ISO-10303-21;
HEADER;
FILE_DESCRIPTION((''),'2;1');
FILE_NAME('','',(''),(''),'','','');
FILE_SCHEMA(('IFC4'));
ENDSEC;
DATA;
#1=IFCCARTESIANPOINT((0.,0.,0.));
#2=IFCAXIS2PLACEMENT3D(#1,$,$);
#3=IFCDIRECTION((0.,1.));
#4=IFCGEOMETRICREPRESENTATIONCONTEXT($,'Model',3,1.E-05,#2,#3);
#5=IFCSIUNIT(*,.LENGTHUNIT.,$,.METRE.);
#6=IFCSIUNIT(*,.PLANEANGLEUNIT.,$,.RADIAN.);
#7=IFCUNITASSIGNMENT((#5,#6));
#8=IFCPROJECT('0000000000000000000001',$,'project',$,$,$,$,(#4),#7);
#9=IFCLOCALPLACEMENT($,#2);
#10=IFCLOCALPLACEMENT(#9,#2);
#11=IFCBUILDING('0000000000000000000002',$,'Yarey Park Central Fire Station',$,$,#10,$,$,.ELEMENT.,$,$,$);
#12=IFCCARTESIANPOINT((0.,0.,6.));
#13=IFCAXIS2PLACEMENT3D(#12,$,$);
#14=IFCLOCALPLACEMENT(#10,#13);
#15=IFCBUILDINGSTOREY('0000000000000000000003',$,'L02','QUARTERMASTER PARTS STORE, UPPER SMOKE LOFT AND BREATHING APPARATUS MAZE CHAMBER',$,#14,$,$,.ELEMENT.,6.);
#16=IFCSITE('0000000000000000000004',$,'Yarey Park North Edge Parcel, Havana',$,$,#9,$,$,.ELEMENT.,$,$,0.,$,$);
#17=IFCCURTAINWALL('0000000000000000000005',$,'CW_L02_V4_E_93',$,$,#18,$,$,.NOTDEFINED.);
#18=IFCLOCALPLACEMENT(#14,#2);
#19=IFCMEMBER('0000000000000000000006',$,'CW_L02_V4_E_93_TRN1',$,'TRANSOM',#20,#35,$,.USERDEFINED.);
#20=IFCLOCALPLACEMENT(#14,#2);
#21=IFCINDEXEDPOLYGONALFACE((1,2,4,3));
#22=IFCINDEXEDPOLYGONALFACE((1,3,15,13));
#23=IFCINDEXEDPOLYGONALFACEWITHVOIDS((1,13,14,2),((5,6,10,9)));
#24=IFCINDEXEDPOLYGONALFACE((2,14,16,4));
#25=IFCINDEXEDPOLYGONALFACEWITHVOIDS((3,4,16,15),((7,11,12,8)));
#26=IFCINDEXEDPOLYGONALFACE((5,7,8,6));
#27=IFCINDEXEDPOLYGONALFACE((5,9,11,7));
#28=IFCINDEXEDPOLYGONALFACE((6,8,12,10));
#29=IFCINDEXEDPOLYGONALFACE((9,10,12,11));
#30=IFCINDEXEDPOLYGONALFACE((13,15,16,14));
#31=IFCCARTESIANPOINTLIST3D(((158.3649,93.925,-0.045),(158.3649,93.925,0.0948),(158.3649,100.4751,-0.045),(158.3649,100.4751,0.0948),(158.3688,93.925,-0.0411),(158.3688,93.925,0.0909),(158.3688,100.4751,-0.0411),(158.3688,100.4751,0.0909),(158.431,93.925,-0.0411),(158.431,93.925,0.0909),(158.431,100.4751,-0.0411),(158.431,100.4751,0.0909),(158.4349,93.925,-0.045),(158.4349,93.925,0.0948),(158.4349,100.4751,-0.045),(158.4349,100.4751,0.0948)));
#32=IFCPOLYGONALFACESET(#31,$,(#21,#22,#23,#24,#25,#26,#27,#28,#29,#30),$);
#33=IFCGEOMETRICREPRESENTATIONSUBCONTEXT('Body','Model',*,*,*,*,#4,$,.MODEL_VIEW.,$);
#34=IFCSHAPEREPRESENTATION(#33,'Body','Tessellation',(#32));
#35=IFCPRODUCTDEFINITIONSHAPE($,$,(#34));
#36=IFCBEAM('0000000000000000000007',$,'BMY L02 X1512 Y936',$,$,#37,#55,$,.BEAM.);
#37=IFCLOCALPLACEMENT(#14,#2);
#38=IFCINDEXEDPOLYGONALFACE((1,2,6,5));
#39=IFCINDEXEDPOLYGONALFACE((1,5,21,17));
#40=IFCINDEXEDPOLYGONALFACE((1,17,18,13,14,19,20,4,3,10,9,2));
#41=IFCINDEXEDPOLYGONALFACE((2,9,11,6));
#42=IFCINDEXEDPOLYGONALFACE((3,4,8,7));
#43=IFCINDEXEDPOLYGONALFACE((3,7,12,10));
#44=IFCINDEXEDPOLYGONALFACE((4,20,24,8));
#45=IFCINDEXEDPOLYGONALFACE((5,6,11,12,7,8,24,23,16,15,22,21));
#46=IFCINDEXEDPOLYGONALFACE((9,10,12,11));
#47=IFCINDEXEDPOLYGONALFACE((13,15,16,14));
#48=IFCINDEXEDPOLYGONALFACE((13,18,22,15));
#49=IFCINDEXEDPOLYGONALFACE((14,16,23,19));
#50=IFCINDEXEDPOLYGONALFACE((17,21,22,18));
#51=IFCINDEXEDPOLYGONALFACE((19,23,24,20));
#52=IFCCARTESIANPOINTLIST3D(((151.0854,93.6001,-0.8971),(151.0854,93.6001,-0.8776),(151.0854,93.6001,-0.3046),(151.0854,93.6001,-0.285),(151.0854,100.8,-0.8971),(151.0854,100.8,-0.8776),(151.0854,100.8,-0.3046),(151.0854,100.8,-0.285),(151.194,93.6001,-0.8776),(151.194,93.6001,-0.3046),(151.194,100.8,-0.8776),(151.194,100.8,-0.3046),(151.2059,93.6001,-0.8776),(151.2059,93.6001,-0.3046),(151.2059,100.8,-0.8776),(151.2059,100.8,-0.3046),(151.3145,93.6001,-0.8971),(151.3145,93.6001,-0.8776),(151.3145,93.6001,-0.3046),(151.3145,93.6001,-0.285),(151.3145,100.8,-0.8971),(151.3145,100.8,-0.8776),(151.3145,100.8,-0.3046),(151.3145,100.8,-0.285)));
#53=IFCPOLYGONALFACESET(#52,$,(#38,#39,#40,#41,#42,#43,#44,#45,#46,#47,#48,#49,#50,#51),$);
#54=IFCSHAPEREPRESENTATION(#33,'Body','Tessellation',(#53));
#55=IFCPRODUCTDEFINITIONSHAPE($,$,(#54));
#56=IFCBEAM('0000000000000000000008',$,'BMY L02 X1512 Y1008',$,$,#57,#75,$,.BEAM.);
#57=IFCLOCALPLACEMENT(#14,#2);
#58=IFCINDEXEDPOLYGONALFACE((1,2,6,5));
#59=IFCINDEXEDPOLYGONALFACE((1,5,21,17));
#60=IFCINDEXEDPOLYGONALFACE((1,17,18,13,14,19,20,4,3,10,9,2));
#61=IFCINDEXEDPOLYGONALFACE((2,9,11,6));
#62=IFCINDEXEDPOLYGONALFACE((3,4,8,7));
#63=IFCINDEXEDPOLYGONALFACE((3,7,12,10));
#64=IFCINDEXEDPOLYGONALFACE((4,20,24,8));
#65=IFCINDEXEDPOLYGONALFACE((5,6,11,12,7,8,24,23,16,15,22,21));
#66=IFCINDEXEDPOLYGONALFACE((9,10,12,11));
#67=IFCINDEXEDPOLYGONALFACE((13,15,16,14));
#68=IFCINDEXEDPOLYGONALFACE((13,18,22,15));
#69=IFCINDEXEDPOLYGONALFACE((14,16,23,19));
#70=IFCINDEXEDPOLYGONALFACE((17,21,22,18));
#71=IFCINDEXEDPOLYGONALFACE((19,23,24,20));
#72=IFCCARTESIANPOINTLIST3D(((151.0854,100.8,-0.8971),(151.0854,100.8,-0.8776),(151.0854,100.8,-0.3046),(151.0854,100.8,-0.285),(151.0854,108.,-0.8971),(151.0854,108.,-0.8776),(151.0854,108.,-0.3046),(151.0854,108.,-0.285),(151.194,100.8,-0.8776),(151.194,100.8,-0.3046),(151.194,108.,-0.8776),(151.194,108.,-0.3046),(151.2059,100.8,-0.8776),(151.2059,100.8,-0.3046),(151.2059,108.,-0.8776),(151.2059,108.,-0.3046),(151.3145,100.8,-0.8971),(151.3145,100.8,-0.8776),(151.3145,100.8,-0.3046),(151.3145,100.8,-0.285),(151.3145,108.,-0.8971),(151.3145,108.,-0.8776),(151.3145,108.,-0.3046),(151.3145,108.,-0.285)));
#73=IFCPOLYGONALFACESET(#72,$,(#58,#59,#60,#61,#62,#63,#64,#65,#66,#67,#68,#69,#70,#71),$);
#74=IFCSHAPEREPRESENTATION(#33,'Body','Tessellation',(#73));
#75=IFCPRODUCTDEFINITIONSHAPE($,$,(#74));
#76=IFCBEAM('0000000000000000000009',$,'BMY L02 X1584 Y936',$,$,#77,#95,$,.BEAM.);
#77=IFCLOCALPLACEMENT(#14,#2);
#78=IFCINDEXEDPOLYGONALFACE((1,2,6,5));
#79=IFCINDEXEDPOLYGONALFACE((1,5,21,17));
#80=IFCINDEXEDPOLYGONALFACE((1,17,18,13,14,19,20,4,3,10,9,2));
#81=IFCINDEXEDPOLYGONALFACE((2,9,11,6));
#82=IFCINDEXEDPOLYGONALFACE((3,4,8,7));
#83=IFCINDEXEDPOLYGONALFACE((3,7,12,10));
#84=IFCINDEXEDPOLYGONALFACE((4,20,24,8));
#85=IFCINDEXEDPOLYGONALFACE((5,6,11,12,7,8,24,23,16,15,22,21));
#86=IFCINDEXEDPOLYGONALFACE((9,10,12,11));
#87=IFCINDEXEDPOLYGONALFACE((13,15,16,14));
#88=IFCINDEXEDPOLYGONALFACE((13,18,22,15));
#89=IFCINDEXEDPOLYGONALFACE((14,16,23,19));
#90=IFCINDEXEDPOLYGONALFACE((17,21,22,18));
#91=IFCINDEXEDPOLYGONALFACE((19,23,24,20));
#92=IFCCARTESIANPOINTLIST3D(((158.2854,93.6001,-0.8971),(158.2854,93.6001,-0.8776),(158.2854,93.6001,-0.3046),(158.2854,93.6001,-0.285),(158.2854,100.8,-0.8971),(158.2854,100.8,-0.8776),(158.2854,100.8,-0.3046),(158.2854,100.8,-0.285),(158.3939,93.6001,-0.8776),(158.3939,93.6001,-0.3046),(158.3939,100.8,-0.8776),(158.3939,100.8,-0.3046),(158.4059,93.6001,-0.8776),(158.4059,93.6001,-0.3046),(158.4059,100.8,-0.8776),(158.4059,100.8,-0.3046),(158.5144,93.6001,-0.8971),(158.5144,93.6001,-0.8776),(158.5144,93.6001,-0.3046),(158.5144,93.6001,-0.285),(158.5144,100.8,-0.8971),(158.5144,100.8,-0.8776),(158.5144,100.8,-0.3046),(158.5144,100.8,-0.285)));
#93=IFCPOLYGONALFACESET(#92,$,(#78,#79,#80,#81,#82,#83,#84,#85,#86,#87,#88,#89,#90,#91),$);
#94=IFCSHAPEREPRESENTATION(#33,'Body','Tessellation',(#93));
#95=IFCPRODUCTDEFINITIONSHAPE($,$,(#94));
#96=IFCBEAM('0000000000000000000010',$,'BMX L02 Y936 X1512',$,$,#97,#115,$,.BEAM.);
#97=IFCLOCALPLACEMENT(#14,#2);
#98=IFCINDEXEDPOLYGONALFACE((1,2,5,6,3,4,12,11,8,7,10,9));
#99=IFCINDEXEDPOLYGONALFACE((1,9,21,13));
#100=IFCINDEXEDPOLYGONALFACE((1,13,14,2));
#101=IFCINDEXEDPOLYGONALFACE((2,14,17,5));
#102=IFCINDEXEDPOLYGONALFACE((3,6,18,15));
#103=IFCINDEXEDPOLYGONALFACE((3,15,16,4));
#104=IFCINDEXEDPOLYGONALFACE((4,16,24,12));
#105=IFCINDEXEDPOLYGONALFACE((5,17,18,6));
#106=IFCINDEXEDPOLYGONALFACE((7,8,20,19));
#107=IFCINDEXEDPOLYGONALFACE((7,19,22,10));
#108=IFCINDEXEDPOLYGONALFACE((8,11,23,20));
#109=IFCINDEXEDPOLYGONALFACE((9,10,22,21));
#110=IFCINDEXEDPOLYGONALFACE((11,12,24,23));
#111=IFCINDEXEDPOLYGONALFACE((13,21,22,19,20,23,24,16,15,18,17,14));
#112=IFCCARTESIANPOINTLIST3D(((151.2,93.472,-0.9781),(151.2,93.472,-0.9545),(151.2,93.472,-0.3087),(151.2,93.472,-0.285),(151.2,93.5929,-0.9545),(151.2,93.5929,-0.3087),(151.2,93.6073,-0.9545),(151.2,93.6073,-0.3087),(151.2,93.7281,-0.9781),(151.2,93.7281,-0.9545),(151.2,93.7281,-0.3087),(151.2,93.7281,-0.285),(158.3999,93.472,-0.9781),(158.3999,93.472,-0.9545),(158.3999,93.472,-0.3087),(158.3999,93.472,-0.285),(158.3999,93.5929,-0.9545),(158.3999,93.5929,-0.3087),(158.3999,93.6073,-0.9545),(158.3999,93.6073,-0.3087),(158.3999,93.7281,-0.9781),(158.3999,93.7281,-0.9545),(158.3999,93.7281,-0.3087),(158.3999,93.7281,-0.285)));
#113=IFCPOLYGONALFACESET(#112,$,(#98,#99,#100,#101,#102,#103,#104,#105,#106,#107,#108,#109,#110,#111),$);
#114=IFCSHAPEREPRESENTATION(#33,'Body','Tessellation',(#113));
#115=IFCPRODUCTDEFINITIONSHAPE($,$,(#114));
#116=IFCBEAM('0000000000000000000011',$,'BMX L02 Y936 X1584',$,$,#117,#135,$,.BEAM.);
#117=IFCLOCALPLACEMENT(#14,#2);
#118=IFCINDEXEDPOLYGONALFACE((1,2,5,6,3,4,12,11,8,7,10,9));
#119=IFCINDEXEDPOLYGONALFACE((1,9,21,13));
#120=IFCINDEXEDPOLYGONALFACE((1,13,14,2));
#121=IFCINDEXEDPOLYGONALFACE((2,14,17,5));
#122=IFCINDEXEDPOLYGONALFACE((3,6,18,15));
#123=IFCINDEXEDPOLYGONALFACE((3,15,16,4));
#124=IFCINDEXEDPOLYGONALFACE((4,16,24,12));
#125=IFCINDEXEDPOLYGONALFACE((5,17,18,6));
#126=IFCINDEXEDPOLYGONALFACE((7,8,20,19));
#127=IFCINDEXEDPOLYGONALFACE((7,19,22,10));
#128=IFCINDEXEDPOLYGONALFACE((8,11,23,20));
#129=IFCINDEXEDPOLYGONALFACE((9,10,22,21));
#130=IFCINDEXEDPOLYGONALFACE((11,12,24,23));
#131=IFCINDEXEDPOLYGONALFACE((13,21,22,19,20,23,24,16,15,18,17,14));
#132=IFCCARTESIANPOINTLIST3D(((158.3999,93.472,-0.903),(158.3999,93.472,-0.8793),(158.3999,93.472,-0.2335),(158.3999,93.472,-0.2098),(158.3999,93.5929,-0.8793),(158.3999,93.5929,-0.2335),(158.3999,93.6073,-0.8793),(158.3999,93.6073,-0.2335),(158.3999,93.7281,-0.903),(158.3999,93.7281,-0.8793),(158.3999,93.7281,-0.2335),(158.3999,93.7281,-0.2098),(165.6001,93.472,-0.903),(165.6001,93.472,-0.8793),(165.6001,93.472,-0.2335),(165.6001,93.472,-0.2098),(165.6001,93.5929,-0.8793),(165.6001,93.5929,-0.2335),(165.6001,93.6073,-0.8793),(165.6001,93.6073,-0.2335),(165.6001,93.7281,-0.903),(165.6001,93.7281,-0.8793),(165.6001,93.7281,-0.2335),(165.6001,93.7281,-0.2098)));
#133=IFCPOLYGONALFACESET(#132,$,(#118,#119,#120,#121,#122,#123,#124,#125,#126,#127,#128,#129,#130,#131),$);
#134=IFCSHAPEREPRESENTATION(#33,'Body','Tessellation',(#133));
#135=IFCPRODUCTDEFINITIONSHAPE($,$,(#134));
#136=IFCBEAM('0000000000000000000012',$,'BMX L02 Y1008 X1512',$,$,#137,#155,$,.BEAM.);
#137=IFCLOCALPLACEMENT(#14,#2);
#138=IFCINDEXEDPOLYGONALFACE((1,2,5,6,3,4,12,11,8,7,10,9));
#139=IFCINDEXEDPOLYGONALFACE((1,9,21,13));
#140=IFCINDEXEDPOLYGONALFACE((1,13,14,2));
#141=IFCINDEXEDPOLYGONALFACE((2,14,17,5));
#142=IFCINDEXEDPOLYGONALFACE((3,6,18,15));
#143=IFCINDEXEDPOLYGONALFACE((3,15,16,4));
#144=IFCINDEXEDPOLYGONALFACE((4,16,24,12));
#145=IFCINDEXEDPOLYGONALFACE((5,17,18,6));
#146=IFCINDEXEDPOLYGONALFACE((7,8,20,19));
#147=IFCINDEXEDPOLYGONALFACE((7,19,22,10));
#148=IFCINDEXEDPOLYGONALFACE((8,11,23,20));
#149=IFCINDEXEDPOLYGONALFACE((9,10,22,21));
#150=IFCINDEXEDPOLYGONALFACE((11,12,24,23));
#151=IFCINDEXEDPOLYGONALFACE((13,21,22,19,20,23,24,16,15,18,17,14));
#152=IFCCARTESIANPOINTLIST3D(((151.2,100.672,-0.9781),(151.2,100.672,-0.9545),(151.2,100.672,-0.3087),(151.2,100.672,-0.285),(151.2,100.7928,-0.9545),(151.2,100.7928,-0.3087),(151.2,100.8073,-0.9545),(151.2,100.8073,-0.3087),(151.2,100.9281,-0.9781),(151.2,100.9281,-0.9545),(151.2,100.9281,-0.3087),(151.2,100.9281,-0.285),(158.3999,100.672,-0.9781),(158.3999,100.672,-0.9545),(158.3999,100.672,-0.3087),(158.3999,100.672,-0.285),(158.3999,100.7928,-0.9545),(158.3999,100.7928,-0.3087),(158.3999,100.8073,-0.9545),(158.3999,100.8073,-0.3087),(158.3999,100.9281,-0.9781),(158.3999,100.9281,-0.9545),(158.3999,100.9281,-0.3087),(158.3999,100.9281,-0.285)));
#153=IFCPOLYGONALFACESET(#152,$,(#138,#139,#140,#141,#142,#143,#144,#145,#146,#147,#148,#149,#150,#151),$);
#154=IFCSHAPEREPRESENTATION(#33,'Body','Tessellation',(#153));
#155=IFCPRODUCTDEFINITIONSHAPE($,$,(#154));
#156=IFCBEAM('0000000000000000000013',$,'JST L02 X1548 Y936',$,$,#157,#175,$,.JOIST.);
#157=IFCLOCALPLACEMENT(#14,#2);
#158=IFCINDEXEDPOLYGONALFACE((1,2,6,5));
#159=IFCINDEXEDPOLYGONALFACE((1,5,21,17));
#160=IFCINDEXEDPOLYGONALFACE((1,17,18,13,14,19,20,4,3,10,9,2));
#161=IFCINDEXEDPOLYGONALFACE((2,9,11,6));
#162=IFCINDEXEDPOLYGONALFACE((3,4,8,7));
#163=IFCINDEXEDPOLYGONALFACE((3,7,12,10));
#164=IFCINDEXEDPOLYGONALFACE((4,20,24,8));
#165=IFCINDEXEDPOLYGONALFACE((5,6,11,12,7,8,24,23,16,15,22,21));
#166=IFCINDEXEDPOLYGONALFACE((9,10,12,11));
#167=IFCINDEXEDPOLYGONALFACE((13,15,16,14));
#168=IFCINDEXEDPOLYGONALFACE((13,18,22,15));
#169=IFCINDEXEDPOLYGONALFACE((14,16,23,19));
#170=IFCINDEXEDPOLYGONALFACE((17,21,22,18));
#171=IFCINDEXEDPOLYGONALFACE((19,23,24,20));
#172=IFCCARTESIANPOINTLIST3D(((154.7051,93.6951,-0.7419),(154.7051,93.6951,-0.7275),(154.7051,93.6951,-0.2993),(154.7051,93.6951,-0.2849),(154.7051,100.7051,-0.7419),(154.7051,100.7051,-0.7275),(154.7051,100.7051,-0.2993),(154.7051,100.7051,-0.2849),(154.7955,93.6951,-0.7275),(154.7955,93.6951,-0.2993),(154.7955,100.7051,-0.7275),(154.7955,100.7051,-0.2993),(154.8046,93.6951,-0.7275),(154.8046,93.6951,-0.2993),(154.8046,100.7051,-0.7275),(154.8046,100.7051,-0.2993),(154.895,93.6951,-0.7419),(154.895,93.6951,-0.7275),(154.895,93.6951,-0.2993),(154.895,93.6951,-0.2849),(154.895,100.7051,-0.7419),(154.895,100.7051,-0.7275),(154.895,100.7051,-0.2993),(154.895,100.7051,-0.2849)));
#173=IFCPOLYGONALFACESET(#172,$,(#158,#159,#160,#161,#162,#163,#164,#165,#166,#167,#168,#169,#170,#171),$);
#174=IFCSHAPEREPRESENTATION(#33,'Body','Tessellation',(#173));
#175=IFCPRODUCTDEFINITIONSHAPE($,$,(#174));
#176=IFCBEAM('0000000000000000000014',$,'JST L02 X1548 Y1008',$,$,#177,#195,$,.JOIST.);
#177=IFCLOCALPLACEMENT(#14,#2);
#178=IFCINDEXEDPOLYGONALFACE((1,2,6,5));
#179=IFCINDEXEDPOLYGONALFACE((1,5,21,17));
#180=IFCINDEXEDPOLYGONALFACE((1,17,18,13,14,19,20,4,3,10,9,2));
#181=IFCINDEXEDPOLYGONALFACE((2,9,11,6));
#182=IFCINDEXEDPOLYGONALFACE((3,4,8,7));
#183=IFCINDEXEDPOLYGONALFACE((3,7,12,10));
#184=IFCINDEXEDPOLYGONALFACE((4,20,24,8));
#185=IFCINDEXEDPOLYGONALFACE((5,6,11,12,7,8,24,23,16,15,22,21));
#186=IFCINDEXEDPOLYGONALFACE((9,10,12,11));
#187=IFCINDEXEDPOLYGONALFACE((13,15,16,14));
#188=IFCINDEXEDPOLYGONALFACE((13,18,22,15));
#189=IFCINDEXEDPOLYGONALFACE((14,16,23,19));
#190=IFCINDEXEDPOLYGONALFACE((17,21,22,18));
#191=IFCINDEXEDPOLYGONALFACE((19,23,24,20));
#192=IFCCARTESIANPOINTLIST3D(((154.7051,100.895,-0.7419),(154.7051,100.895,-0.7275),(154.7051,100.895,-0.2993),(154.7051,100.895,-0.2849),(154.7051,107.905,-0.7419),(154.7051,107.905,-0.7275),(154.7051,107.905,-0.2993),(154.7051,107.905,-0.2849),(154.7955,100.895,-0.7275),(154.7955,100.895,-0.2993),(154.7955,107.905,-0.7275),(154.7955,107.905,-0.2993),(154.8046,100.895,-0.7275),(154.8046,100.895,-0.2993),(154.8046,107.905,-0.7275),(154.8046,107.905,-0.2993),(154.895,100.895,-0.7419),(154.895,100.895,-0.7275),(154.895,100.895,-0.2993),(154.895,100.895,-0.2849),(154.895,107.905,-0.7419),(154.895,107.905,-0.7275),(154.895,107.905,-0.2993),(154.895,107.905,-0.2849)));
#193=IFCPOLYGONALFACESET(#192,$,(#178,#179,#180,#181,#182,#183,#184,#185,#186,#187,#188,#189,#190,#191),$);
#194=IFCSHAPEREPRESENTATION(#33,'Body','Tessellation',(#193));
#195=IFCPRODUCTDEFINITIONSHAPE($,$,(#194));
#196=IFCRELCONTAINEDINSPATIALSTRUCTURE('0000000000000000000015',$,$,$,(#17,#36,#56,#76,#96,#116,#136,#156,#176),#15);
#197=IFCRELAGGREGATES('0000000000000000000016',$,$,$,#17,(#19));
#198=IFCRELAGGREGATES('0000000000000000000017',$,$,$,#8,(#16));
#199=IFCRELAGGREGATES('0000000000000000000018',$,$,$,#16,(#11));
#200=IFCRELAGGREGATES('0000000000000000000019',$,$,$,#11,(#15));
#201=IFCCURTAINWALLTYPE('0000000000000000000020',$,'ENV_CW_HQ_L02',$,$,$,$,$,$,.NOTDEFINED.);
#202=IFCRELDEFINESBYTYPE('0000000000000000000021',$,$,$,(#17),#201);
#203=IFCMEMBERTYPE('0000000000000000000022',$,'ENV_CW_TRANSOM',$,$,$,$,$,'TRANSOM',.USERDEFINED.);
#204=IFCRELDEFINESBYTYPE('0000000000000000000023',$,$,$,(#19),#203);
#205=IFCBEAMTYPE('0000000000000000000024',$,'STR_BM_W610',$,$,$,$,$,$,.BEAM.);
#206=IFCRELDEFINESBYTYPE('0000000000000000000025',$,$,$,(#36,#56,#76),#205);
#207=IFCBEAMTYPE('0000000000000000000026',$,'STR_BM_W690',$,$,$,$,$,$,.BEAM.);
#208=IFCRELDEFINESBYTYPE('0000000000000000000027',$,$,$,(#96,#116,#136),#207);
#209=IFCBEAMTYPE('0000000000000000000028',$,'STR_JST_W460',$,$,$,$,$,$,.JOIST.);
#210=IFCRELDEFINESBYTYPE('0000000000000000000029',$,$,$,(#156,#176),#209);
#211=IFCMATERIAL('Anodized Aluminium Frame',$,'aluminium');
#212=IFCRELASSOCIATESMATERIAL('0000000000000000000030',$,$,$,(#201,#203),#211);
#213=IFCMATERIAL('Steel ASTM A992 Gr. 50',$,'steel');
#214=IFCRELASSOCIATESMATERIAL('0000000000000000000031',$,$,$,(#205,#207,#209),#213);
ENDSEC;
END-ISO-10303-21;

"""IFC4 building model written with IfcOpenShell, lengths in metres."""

from ifc_helpers import new_model, si_unit, direction, frame, origin, origin_2d, place, context, subcontext, project, spatial, hollow_rectangle, i_section, extrude, material, material_profile, profile_set, type_object, element, aggregate, save


model = new_model("IFC4")

# Units and contexts
model_context = context("Model", 3, precision=1e-05, world=origin(), true_north=direction((0.0, 1.0)))
body_context = subcontext(model_context, "Body", "Model", "MODEL_VIEW")
ifc_project = project(units=[si_unit("LENGTHUNIT", "METRE"), si_unit("PLANEANGLEUNIT", "RADIAN")], contexts=[model_context])

# Site, building, storey
site_placement = place(None, origin())
site = spatial("IfcSite", under=ifc_project, at=site_placement, Name="Yarey Park North Edge Parcel, Havana", CompositionType="ELEMENT", RefElevation=0.0)
building_placement = place(site_placement, origin())
building = spatial("IfcBuilding", under=site, at=building_placement, Name="Yarey Park Central Fire Station", CompositionType="ELEMENT")
storey_placement = place(building_placement, frame((0.0, 0.0, 6.0)))
storey = spatial("IfcBuildingStorey", under=building, at=storey_placement, Name="L02", Description="QUARTERMASTER PARTS STORE, UPPER SMOKE LOFT AND BREATHING APPARATUS MAZE CHAMBER", CompositionType="ELEMENT", Elevation=6.0)

# Shared definitions
ifc_material_1 = material(Name="Anodized Aluminium Frame", Category="aluminium")
curtain_wall_type = type_object("IfcCurtainWallType", Name="ENV_CW_HQ_L02", PredefinedType="NOTDEFINED", material=ifc_material_1)

# Shared definitions
ifc_material_profile_1 = material_profile(ifc_material_1, hollow_rectangle(XDim=0.0701, YDim=0.1399, WallThickness=0.0039, at=origin_2d()), Name="ALU 140x70x4")
ifc_profile_set_1 = profile_set([ifc_material_profile_1], Name="Anodized Aluminium Frame")
member_type_1 = type_object("IfcMemberType", Name="ENV_CW_TRANSOM", ElementType="TRANSOM", PredefinedType="USERDEFINED", material=ifc_profile_set_1)

# Curtain wall, member
curtain_wall_1_placement = place(storey_placement, origin())
curtain_wall_1 = element("IfcCurtainWall", 1, at=curtain_wall_1_placement, inside=storey, type_object=curtain_wall_type, Name="CW_L02_V4_E_93", PredefinedType="NOTDEFINED")
member_1_placement = place(storey_placement, frame((158.3999, 93.925, 0.0249), z_axis=(0.0, 1.0, 0.0), x_axis=(-1.0, 0.0, 0.0)))
member_1 = element("IfcMember", 2, at=member_1_placement, type_object=member_type_1, Name="CW_L02_V4_E_93_TRN1", ObjectType="TRANSOM", PredefinedType="USERDEFINED", context=body_context, shape_type="SweptSolid", body=[
    extrude(hollow_rectangle(XDim=0.0701, YDim=0.1399, WallThickness=0.0039, at=origin_2d()), origin(), (0.0, 0.0, 1.0), 6.55),
])
aggregate(curtain_wall_1, [member_1])

# Beams
ifc_material_2 = material(Name="Steel ASTM A992 Gr. 50", Category="steel")
ifc_material_profile_2 = material_profile(ifc_material_2, i_section(OverallWidth=0.229, OverallDepth=0.6121, WebThickness=0.012, FlangeThickness=0.0195, at=origin_2d()), Name="W610x125")
ifc_profile_set_2 = profile_set([ifc_material_profile_2], Name="Steel ASTM A992 Gr. 50")
beam_type_1 = type_object("IfcBeamType", Name="STR_BM_W610", PredefinedType="BEAM", material=ifc_profile_set_2)
for number, where, z_axis, x_axis, name in (
    (3, (151.2, 93.6001, -0.5911), (0.0, 1.0, 0.0), (-1.0, 0.0, 0.0), "BMY L02 X1512 Y936"),
    (4, (151.2, 100.8, -0.5911), (0.0, 1.0, 0.0), (-1.0, 0.0, 0.0), "BMY L02 X1512 Y1008"),
    (5, (158.3999, 93.6001, -0.5911), (0.0, 1.0, 0.0), (-1.0, 0.0, 0.0), "BMY L02 X1584 Y936"),
):
    element("IfcBeam", number, at=place(storey_placement, frame(where, z_axis=z_axis, x_axis=x_axis)), inside=storey, type_object=beam_type_1, Name=name, PredefinedType="BEAM", context=body_context, shape_type="SweptSolid", body=[
        extrude(i_section(OverallWidth=0.229, OverallDepth=0.6121, WebThickness=0.012, FlangeThickness=0.0195, at=origin_2d()), origin(), (0.0, 0.0, 1.0), 7.2),
    ])
ifc_material_profile_3 = material_profile(ifc_material_2, i_section(OverallWidth=0.2561, OverallDepth=0.6931, WebThickness=0.0144, FlangeThickness=0.0237, at=origin_2d()), Name="W690x170")
ifc_profile_set_3 = profile_set([ifc_material_profile_3], Name="Steel ASTM A992 Gr. 50")
beam_type_2 = type_object("IfcBeamType", Name="STR_BM_W690", PredefinedType="BEAM", material=ifc_profile_set_3)
beam_1_placement = place(storey_placement, frame((151.2, 93.6001, -0.6316), z_axis=(1.0, 0.0, 0.0), x_axis=(0.0, 1.0, 0.0)))
element("IfcBeam", 6, at=beam_1_placement, inside=storey, type_object=beam_type_2, Name="BMX L02 Y936 X1512", PredefinedType="BEAM", context=body_context, shape_type="SweptSolid", body=[
    extrude(i_section(OverallWidth=0.2561, OverallDepth=0.6931, WebThickness=0.0144, FlangeThickness=0.0237, at=origin_2d()), origin(), (0.0, 0.0, 1.0), 7.2),
])
beam_2_placement = place(storey_placement, frame((158.3999, 93.6001, -0.5564), z_axis=(1.0, 0.0, 0.0), x_axis=(0.0, 1.0, 0.0)))
element("IfcBeam", 7, at=beam_2_placement, inside=storey, type_object=beam_type_2, Name="BMX L02 Y936 X1584", PredefinedType="BEAM", context=body_context, shape_type="SweptSolid", body=[
    extrude(i_section(OverallWidth=0.2561, OverallDepth=0.6931, WebThickness=0.0144, FlangeThickness=0.0237, at=origin_2d()), origin(), (0.0, 0.0, 1.0), 7.2002),
])
beam_3_placement = place(storey_placement, frame((151.2, 100.8, -0.6316), z_axis=(1.0, 0.0, 0.0), x_axis=(0.0, 1.0, 0.0)))
element("IfcBeam", 8, at=beam_3_placement, inside=storey, type_object=beam_type_2, Name="BMX L02 Y1008 X1512", PredefinedType="BEAM", context=body_context, shape_type="SweptSolid", body=[
    extrude(i_section(OverallWidth=0.2561, OverallDepth=0.6931, WebThickness=0.0144, FlangeThickness=0.0237, at=origin_2d()), origin(), (0.0, 0.0, 1.0), 7.2),
])
ifc_material_profile_4 = material_profile(ifc_material_2, i_section(OverallWidth=0.1899, OverallDepth=0.457, WebThickness=0.009, FlangeThickness=0.0144, at=origin_2d()), Name="W460x74")
ifc_profile_set_4 = profile_set([ifc_material_profile_4], Name="Steel ASTM A992 Gr. 50")
beam_type_3 = type_object("IfcBeamType", Name="STR_JST_W460", PredefinedType="JOIST", material=ifc_profile_set_4)
for number, where, z_axis, x_axis, name in (
    (9, (154.8, 93.6951, -0.5134), (0.0, 1.0, 0.0), (-1.0, 0.0, 0.0), "JST L02 X1548 Y936"),
    (10, (154.8, 100.895, -0.5134), (0.0, 1.0, 0.0), (-1.0, 0.0, 0.0), "JST L02 X1548 Y1008"),
):
    element("IfcBeam", number, at=place(storey_placement, frame(where, z_axis=z_axis, x_axis=x_axis)), inside=storey, type_object=beam_type_3, Name=name, PredefinedType="JOIST", context=body_context, shape_type="SweptSolid", body=[
        extrude(i_section(OverallWidth=0.1899, OverallDepth=0.457, WebThickness=0.009, FlangeThickness=0.0144, at=origin_2d()), origin(), (0.0, 0.0, 1.0), 7.01),
    ])

save(model, "model.ifc")
